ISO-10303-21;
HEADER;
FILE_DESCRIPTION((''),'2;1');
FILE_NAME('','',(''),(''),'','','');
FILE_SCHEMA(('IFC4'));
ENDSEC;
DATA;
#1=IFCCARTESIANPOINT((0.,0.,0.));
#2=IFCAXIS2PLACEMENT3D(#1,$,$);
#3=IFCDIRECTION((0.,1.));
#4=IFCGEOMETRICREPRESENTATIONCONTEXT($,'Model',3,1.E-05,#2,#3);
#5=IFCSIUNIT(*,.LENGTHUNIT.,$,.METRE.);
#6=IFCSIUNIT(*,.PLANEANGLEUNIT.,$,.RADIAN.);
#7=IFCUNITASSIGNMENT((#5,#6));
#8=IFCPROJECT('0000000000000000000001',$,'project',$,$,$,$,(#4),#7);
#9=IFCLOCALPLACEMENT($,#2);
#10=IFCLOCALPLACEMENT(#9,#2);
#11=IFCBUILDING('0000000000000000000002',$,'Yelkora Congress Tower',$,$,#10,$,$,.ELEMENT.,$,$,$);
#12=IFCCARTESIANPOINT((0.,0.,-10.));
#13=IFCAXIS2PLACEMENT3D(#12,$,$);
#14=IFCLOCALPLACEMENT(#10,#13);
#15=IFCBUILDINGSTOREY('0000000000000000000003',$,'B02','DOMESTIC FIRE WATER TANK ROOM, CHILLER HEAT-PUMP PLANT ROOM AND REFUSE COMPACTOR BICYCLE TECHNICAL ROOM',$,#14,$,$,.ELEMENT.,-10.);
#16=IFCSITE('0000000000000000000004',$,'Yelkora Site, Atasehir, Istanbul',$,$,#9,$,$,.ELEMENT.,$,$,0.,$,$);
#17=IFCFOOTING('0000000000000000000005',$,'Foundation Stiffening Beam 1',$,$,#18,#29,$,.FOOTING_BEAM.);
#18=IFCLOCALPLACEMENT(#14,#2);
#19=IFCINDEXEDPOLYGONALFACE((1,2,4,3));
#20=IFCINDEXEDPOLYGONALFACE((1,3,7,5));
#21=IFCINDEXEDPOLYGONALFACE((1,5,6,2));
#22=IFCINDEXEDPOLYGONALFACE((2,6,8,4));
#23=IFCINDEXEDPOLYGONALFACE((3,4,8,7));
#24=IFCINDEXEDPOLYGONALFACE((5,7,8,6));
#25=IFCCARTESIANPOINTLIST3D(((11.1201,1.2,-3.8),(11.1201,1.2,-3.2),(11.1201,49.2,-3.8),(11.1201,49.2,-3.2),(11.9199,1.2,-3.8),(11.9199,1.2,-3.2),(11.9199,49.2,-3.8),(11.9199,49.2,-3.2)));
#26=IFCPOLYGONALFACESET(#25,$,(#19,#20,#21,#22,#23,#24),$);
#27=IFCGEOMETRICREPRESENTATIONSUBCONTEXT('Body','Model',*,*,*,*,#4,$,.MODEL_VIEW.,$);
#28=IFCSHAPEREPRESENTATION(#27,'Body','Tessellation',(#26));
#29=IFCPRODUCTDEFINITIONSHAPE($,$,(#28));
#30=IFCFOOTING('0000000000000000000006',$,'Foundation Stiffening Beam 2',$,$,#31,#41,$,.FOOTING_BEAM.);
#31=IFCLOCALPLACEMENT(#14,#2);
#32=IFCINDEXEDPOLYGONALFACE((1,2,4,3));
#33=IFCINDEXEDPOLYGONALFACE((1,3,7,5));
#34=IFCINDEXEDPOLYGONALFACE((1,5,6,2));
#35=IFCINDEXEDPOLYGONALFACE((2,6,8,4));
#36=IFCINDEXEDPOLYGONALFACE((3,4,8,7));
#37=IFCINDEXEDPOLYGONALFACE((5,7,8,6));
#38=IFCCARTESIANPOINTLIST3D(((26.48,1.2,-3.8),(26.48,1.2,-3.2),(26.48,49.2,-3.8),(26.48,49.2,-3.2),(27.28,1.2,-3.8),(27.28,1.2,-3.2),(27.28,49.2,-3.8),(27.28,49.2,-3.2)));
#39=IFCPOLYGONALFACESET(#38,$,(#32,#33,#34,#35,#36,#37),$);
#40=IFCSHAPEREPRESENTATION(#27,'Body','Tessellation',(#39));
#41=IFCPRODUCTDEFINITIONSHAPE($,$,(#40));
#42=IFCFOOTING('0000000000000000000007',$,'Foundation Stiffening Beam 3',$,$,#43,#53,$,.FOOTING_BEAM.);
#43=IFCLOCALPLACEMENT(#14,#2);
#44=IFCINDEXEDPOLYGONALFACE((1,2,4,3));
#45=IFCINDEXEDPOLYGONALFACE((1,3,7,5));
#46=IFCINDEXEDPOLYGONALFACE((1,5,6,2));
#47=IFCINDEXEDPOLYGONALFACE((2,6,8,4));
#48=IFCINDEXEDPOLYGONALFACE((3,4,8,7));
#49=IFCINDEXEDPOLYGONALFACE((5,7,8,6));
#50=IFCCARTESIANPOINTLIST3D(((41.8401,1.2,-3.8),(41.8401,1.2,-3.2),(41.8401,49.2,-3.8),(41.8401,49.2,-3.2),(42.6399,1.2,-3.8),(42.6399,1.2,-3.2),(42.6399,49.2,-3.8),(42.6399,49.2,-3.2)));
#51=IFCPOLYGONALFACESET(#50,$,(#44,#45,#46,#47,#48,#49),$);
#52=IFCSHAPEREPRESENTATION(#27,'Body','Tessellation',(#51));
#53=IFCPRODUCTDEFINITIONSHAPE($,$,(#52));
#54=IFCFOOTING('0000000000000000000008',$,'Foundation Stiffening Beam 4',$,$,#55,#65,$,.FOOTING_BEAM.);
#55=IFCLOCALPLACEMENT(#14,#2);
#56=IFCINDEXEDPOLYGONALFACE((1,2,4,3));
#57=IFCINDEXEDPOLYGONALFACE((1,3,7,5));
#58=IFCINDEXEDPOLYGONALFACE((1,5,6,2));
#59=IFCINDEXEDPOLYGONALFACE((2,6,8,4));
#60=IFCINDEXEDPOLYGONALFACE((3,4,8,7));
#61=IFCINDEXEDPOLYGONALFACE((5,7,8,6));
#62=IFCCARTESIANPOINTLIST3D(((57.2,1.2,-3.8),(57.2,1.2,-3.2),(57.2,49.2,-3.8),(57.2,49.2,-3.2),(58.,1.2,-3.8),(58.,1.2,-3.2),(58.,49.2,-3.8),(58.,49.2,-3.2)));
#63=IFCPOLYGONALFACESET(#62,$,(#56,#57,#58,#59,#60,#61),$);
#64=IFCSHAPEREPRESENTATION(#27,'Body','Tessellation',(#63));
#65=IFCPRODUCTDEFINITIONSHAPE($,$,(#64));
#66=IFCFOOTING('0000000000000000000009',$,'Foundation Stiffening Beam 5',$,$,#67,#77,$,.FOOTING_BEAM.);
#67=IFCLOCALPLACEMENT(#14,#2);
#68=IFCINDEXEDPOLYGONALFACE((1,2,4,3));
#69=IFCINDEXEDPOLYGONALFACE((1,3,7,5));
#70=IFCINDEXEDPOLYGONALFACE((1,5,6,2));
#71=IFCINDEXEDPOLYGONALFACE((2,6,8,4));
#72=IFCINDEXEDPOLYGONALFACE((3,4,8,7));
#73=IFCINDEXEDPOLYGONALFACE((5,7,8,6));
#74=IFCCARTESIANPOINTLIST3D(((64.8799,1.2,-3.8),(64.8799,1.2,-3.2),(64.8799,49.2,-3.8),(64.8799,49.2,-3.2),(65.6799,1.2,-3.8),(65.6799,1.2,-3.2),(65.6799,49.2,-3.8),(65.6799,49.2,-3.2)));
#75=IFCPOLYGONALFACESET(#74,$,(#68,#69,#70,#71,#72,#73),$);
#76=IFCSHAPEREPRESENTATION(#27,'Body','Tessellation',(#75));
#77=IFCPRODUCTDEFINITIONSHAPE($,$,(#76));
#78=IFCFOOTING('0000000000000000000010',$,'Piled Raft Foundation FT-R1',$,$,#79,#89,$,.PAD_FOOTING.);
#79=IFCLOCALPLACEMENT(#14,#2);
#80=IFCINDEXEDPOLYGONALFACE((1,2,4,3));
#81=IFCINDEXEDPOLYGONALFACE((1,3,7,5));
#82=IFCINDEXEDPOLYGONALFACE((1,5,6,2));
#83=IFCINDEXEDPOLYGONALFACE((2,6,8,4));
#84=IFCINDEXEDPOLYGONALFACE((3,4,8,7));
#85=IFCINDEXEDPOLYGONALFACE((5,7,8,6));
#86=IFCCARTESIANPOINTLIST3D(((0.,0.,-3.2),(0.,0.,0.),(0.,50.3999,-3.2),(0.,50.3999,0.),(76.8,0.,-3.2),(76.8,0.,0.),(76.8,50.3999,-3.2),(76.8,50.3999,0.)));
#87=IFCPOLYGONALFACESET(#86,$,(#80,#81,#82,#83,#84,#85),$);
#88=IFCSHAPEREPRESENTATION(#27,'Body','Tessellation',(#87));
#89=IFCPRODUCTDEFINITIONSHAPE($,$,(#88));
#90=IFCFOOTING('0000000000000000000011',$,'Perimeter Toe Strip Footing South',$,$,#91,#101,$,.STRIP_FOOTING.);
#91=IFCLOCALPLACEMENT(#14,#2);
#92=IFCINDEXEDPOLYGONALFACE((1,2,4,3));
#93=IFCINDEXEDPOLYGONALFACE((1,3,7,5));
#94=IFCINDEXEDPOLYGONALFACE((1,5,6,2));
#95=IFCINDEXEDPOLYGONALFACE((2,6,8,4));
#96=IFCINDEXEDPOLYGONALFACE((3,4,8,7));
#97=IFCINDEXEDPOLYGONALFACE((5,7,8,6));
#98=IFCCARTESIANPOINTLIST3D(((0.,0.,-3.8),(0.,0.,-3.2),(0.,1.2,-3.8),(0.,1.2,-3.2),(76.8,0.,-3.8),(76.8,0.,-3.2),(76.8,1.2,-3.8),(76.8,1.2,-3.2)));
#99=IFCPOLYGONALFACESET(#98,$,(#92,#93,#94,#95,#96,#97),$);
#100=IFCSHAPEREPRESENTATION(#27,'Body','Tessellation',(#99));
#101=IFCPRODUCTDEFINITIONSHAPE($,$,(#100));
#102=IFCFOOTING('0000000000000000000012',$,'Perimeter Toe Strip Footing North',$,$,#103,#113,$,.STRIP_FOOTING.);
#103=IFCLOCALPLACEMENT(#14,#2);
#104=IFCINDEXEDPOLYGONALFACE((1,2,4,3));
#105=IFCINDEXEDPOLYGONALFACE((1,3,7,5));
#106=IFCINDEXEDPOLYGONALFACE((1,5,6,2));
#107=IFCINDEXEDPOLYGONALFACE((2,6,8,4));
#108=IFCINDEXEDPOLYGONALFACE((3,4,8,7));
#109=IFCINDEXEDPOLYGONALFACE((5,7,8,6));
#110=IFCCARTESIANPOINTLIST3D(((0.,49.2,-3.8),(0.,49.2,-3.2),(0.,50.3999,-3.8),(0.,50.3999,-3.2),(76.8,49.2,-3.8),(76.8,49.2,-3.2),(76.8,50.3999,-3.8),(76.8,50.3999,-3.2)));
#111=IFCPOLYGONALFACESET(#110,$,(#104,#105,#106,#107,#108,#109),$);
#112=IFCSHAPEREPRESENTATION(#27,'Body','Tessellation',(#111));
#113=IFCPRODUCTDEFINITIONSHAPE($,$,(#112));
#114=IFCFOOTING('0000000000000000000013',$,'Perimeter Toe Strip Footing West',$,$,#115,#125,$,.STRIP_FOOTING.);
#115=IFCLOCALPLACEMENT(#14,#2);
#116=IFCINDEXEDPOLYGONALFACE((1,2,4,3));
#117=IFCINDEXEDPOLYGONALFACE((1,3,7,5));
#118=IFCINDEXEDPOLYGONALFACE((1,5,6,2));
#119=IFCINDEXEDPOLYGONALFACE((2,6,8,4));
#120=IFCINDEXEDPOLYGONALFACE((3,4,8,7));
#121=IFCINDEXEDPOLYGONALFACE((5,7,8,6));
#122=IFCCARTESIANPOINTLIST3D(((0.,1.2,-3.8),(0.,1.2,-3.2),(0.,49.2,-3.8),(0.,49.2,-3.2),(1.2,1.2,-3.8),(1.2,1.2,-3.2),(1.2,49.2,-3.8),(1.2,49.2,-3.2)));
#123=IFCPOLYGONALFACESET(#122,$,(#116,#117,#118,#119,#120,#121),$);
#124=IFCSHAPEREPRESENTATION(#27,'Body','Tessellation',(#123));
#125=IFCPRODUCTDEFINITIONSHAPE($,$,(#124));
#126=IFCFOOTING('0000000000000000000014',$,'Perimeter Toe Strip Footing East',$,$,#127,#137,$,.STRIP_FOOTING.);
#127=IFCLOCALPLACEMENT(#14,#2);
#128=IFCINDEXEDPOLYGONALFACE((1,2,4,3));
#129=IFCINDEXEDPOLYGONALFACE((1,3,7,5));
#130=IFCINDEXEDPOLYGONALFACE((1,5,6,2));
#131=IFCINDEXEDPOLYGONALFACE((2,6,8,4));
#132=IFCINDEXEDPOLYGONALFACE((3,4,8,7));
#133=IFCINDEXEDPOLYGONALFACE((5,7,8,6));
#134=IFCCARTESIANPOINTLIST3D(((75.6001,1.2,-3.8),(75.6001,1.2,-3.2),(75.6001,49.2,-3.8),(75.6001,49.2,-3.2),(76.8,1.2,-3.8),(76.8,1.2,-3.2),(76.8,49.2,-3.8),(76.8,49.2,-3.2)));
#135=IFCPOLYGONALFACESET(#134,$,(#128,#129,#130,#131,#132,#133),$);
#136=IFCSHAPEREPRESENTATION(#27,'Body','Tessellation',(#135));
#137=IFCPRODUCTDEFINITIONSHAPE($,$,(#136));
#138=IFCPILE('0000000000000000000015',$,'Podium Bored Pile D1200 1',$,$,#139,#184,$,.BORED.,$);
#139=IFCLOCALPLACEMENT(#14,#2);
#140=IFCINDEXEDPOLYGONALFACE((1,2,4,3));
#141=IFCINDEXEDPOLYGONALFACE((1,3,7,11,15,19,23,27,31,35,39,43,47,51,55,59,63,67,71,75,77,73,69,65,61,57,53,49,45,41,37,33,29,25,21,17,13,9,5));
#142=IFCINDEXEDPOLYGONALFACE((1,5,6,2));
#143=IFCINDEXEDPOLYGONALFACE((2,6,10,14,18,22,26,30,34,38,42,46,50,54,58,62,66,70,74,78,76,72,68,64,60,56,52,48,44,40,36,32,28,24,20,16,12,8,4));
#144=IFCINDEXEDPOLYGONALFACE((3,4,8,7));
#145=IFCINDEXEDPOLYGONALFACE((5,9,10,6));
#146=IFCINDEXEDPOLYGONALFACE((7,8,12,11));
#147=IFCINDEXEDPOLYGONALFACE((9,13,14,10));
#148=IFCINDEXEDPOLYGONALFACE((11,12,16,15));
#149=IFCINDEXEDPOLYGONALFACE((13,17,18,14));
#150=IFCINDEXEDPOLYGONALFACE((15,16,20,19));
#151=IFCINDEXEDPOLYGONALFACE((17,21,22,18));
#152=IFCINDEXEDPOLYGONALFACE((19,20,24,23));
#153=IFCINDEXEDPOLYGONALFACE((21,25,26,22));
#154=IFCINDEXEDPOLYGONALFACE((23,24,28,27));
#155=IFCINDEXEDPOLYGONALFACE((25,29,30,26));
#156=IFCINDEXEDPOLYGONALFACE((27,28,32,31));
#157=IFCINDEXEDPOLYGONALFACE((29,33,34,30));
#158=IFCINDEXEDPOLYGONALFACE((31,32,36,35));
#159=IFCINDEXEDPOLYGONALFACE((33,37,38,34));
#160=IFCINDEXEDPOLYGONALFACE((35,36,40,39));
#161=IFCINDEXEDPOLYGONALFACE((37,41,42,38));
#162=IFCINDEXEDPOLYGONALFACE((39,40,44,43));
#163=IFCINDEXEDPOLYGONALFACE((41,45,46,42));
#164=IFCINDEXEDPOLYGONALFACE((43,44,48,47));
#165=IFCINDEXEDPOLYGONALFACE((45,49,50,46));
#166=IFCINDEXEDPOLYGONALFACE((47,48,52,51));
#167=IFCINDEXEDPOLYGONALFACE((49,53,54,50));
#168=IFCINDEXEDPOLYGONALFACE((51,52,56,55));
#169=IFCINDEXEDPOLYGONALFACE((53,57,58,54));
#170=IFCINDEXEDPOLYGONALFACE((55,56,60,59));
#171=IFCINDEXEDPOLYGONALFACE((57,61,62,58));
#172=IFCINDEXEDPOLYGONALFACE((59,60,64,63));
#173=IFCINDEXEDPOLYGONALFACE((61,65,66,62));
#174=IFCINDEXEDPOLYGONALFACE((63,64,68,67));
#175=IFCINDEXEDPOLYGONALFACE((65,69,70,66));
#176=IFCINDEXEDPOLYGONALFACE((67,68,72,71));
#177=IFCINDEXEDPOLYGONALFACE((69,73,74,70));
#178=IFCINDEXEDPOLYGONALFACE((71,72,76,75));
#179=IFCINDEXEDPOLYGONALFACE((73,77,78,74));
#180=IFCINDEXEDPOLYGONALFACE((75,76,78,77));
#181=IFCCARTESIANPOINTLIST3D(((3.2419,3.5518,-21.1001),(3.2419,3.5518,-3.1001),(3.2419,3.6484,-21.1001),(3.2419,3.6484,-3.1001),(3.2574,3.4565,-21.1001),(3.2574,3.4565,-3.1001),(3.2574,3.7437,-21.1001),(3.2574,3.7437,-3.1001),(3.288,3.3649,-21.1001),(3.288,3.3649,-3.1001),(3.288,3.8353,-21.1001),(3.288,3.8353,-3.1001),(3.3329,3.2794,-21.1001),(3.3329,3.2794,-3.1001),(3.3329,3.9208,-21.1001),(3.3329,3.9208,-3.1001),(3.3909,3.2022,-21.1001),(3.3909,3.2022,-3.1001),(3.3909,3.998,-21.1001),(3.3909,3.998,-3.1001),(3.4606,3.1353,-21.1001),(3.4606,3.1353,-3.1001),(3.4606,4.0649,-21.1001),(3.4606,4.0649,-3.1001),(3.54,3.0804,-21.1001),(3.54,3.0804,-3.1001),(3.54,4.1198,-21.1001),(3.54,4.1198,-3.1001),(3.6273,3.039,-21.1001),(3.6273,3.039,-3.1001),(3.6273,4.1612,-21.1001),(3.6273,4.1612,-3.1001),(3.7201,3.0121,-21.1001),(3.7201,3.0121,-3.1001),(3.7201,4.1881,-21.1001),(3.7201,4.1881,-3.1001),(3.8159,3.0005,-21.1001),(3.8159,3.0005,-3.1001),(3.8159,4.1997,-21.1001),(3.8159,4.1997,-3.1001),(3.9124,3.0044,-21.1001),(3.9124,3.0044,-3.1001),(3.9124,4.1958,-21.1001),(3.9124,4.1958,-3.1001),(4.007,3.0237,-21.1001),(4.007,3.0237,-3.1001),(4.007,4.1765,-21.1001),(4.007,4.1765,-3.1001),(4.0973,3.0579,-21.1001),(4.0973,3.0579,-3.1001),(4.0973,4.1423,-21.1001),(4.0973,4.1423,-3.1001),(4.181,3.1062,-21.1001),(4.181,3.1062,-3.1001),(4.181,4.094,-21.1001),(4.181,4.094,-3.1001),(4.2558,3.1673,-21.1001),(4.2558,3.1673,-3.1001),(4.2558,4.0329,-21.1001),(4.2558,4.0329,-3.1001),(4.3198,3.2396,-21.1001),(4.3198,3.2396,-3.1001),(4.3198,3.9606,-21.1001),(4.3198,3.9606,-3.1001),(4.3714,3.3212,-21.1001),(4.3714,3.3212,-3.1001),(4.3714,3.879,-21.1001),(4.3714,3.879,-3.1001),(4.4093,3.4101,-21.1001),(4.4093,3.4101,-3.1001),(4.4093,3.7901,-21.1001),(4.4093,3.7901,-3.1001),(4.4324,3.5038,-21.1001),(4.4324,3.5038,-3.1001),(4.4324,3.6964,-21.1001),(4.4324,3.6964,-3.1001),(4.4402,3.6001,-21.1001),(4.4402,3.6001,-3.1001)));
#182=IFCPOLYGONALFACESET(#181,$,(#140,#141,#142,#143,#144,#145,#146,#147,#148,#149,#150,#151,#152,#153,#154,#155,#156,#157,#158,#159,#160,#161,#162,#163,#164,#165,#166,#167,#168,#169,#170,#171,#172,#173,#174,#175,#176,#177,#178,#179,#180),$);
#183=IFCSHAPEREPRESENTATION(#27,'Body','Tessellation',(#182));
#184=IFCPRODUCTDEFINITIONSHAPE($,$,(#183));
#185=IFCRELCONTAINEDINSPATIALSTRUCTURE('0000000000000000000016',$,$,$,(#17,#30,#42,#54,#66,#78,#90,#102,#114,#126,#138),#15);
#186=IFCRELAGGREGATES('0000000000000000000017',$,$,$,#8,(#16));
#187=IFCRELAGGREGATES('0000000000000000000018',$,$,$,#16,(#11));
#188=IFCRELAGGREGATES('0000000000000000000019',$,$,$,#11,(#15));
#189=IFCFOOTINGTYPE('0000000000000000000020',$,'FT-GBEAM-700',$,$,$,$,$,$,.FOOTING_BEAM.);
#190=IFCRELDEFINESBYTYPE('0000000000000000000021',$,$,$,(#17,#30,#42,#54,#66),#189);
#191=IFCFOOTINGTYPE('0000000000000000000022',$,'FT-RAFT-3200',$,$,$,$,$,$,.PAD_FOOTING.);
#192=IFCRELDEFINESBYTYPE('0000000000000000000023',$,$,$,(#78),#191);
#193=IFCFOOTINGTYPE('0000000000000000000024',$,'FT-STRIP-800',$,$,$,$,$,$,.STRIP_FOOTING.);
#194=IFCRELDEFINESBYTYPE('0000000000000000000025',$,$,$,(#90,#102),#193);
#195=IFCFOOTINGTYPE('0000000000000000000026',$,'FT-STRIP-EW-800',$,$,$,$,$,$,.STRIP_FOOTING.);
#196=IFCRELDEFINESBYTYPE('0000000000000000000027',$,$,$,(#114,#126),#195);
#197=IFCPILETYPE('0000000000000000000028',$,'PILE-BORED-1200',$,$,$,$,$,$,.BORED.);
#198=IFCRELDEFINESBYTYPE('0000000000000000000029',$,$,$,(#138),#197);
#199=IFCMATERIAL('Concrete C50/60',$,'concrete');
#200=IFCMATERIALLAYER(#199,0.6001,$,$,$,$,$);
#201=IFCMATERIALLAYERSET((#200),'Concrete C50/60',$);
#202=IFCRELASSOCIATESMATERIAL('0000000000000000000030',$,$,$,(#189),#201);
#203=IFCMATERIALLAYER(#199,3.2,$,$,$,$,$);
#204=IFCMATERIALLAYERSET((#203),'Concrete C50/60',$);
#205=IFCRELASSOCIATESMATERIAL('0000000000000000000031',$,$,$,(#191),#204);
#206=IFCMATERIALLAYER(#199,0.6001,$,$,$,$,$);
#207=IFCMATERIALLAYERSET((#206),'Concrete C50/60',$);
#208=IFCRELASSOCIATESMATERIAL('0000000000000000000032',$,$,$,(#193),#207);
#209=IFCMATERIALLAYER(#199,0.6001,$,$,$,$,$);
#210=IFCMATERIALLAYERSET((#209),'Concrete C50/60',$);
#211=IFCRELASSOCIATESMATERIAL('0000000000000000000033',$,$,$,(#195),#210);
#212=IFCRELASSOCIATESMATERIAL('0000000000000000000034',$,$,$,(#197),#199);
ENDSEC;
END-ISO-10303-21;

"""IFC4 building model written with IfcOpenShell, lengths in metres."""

from ifc_helpers import new_model, si_unit, direction, frame, origin, origin_2d, place, context, subcontext, project, spatial, polyline, circle, outline, extrude, material, layer, layer_set, material_profile, profile_set, type_object, element, save


model = new_model("IFC4")

# Units and contexts
model_context = context("Model", 3, precision=1e-05, world=origin(), true_north=direction((0.0, 1.0)))
body_context = subcontext(model_context, "Body", "Model", "MODEL_VIEW")
ifc_project = project(units=[si_unit("LENGTHUNIT", "METRE"), si_unit("PLANEANGLEUNIT", "RADIAN")], contexts=[model_context])

# Site, building, storey
site_placement = place(None, origin())
site = spatial("IfcSite", under=ifc_project, at=site_placement, Name="Yelkora Site, Atasehir, Istanbul", CompositionType="ELEMENT", RefElevation=0.0)
building_placement = place(site_placement, origin())
building = spatial("IfcBuilding", under=site, at=building_placement, Name="Yelkora Congress Tower", CompositionType="ELEMENT")
storey_placement = place(building_placement, frame((0.0, 0.0, -10.0)))
storey = spatial("IfcBuildingStorey", under=building, at=storey_placement, Name="B02", Description="DOMESTIC FIRE WATER TANK ROOM, CHILLER HEAT-PUMP PLANT ROOM AND REFUSE COMPACTOR BICYCLE TECHNICAL ROOM", CompositionType="ELEMENT", Elevation=-10.0)

# Footings
ifc_material_1 = material(Name="Concrete C50/60", Category="concrete")
ifc_layer_1 = layer(ifc_material_1, 0.6001)
ifc_layer_set_1 = layer_set([ifc_layer_1], Name="Concrete C50/60")
footing_type_1 = type_object("IfcFootingType", Name="FT-GBEAM-700", PredefinedType="FOOTING_BEAM", material=ifc_layer_set_1)
footing_1_placement = place(storey_placement, frame((0.0, 0.0, -3.8)))
element("IfcFooting", 1, at=footing_1_placement, inside=storey, type_object=footing_type_1, Name="Foundation Stiffening Beam 1", PredefinedType="FOOTING_BEAM", context=body_context, shape_type="SweptSolid", body=[
    extrude(outline(polyline([(11.1201, 1.2), (11.9199, 1.2), (11.9199, 49.2), (11.1201, 49.2), (11.1201, 1.2)])), origin(), (0.0, 0.0, 1.0), 0.6001),
])
footing_2_placement = place(storey_placement, frame((0.0, 0.0, -3.8)))
element("IfcFooting", 2, at=footing_2_placement, inside=storey, type_object=footing_type_1, Name="Foundation Stiffening Beam 2", PredefinedType="FOOTING_BEAM", context=body_context, shape_type="SweptSolid", body=[
    extrude(outline(polyline([(26.48, 1.2), (27.28, 1.2), (27.28, 49.2), (26.48, 49.2), (26.48, 1.2)])), origin(), (0.0, 0.0, 1.0), 0.6001),
])
footing_3_placement = place(storey_placement, frame((0.0, 0.0, -3.8)))
element("IfcFooting", 3, at=footing_3_placement, inside=storey, type_object=footing_type_1, Name="Foundation Stiffening Beam 3", PredefinedType="FOOTING_BEAM", context=body_context, shape_type="SweptSolid", body=[
    extrude(outline(polyline([(41.8401, 1.2), (42.6399, 1.2), (42.6399, 49.2), (41.8401, 49.2), (41.8401, 1.2)])), origin(), (0.0, 0.0, 1.0), 0.6001),
])
footing_4_placement = place(storey_placement, frame((0.0, 0.0, -3.8)))
element("IfcFooting", 4, at=footing_4_placement, inside=storey, type_object=footing_type_1, Name="Foundation Stiffening Beam 4", PredefinedType="FOOTING_BEAM", context=body_context, shape_type="SweptSolid", body=[
    extrude(outline(polyline([(57.2, 1.2), (58.0, 1.2), (58.0, 49.2), (57.2, 49.2), (57.2, 1.2)])), origin(), (0.0, 0.0, 1.0), 0.6001),
])
footing_5_placement = place(storey_placement, frame((0.0, 0.0, -3.8)))
element("IfcFooting", 5, at=footing_5_placement, inside=storey, type_object=footing_type_1, Name="Foundation Stiffening Beam 5", PredefinedType="FOOTING_BEAM", context=body_context, shape_type="SweptSolid", body=[
    extrude(outline(polyline([(64.8799, 1.2), (65.6799, 1.2), (65.6799, 49.2), (64.8799, 49.2), (64.8799, 1.2)])), origin(), (0.0, 0.0, 1.0), 0.6001),
])
ifc_layer_2 = layer(ifc_material_1, 3.2)
ifc_layer_set_2 = layer_set([ifc_layer_2], Name="Concrete C50/60")
footing_type_2 = type_object("IfcFootingType", Name="FT-RAFT-3200", PredefinedType="PAD_FOOTING", material=ifc_layer_set_2)
footing_6_placement = place(storey_placement, frame((0.0, 0.0, -3.2)))
element("IfcFooting", 6, at=footing_6_placement, inside=storey, type_object=footing_type_2, Name="Piled Raft Foundation FT-R1", PredefinedType="PAD_FOOTING", context=body_context, shape_type="SweptSolid", body=[
    extrude(outline(polyline([(0.0, 0.0), (76.8, 0.0), (76.8, 50.3999), (0.0, 50.3999), (0.0, 0.0)])), origin(), (0.0, 0.0, 1.0), 3.2),
])
ifc_layer_3 = layer(ifc_material_1, 0.6001)
ifc_layer_set_3 = layer_set([ifc_layer_3], Name="Concrete C50/60")
footing_type_3 = type_object("IfcFootingType", Name="FT-STRIP-800", PredefinedType="STRIP_FOOTING", material=ifc_layer_set_3)
footing_7_placement = place(storey_placement, frame((0.0, 0.0, -3.8)))
element("IfcFooting", 7, at=footing_7_placement, inside=storey, type_object=footing_type_3, Name="Perimeter Toe Strip Footing South", PredefinedType="STRIP_FOOTING", context=body_context, shape_type="SweptSolid", body=[
    extrude(outline(polyline([(0.0, 0.0), (76.8, 0.0), (76.8, 1.2), (0.0, 1.2), (0.0, 0.0)])), origin(), (0.0, 0.0, 1.0), 0.6001),
])
footing_8_placement = place(storey_placement, frame((0.0, 0.0, -3.8)))
element("IfcFooting", 8, at=footing_8_placement, inside=storey, type_object=footing_type_3, Name="Perimeter Toe Strip Footing North", PredefinedType="STRIP_FOOTING", context=body_context, shape_type="SweptSolid", body=[
    extrude(outline(polyline([(0.0, 49.2), (76.8, 49.2), (76.8, 50.3999), (0.0, 50.3999), (0.0, 49.2)])), origin(), (0.0, 0.0, 1.0), 0.6001),
])
ifc_layer_4 = layer(ifc_material_1, 0.6001)
ifc_layer_set_4 = layer_set([ifc_layer_4], Name="Concrete C50/60")
footing_type_4 = type_object("IfcFootingType", Name="FT-STRIP-EW-800", PredefinedType="STRIP_FOOTING", material=ifc_layer_set_4)
footing_9_placement = place(storey_placement, frame((0.0, 0.0, -3.8)))
element("IfcFooting", 9, at=footing_9_placement, inside=storey, type_object=footing_type_4, Name="Perimeter Toe Strip Footing West", PredefinedType="STRIP_FOOTING", context=body_context, shape_type="SweptSolid", body=[
    extrude(outline(polyline([(0.0, 1.2), (1.2, 1.2), (1.2, 49.2), (0.0, 49.2), (0.0, 1.2)])), origin(), (0.0, 0.0, 1.0), 0.6001),
])
footing_10_placement = place(storey_placement, frame((0.0, 0.0, -3.8)))
element("IfcFooting", 10, at=footing_10_placement, inside=storey, type_object=footing_type_4, Name="Perimeter Toe Strip Footing East", PredefinedType="STRIP_FOOTING", context=body_context, shape_type="SweptSolid", body=[
    extrude(outline(polyline([(75.6001, 1.2), (76.8, 1.2), (76.8, 49.2), (75.6001, 49.2), (75.6001, 1.2)])), origin(), (0.0, 0.0, 1.0), 0.6001),
])

# Pile
ifc_material_profile_1 = material_profile(ifc_material_1, circle(Radius=0.6001, at=origin_2d()), Name="PILE D1200")
ifc_profile_set_1 = profile_set([ifc_material_profile_1], Name="Concrete C50/60")
pile_type = type_object("IfcPileType", Name="PILE-BORED-1200", PredefinedType="BORED", material=ifc_profile_set_1)
for number, where, z_axis, x_axis, name in (
    (11, (3.8401, 3.6001, -3.1001), (0.0, 0.0, -1.0), (1.0, 0.0, 0.0), "Podium Bored Pile D1200 1"),
):
    element("IfcPile", number, at=place(storey_placement, frame(where, z_axis=z_axis, x_axis=x_axis)), inside=storey, type_object=pile_type, Name=name, PredefinedType="BORED", context=body_context, shape_type="SweptSolid", body=[
        extrude(circle(Radius=0.6001, at=origin_2d()), origin(), (0.0, 0.0, 1.0), 18.0),
    ])

save(model, "model.ifc")
